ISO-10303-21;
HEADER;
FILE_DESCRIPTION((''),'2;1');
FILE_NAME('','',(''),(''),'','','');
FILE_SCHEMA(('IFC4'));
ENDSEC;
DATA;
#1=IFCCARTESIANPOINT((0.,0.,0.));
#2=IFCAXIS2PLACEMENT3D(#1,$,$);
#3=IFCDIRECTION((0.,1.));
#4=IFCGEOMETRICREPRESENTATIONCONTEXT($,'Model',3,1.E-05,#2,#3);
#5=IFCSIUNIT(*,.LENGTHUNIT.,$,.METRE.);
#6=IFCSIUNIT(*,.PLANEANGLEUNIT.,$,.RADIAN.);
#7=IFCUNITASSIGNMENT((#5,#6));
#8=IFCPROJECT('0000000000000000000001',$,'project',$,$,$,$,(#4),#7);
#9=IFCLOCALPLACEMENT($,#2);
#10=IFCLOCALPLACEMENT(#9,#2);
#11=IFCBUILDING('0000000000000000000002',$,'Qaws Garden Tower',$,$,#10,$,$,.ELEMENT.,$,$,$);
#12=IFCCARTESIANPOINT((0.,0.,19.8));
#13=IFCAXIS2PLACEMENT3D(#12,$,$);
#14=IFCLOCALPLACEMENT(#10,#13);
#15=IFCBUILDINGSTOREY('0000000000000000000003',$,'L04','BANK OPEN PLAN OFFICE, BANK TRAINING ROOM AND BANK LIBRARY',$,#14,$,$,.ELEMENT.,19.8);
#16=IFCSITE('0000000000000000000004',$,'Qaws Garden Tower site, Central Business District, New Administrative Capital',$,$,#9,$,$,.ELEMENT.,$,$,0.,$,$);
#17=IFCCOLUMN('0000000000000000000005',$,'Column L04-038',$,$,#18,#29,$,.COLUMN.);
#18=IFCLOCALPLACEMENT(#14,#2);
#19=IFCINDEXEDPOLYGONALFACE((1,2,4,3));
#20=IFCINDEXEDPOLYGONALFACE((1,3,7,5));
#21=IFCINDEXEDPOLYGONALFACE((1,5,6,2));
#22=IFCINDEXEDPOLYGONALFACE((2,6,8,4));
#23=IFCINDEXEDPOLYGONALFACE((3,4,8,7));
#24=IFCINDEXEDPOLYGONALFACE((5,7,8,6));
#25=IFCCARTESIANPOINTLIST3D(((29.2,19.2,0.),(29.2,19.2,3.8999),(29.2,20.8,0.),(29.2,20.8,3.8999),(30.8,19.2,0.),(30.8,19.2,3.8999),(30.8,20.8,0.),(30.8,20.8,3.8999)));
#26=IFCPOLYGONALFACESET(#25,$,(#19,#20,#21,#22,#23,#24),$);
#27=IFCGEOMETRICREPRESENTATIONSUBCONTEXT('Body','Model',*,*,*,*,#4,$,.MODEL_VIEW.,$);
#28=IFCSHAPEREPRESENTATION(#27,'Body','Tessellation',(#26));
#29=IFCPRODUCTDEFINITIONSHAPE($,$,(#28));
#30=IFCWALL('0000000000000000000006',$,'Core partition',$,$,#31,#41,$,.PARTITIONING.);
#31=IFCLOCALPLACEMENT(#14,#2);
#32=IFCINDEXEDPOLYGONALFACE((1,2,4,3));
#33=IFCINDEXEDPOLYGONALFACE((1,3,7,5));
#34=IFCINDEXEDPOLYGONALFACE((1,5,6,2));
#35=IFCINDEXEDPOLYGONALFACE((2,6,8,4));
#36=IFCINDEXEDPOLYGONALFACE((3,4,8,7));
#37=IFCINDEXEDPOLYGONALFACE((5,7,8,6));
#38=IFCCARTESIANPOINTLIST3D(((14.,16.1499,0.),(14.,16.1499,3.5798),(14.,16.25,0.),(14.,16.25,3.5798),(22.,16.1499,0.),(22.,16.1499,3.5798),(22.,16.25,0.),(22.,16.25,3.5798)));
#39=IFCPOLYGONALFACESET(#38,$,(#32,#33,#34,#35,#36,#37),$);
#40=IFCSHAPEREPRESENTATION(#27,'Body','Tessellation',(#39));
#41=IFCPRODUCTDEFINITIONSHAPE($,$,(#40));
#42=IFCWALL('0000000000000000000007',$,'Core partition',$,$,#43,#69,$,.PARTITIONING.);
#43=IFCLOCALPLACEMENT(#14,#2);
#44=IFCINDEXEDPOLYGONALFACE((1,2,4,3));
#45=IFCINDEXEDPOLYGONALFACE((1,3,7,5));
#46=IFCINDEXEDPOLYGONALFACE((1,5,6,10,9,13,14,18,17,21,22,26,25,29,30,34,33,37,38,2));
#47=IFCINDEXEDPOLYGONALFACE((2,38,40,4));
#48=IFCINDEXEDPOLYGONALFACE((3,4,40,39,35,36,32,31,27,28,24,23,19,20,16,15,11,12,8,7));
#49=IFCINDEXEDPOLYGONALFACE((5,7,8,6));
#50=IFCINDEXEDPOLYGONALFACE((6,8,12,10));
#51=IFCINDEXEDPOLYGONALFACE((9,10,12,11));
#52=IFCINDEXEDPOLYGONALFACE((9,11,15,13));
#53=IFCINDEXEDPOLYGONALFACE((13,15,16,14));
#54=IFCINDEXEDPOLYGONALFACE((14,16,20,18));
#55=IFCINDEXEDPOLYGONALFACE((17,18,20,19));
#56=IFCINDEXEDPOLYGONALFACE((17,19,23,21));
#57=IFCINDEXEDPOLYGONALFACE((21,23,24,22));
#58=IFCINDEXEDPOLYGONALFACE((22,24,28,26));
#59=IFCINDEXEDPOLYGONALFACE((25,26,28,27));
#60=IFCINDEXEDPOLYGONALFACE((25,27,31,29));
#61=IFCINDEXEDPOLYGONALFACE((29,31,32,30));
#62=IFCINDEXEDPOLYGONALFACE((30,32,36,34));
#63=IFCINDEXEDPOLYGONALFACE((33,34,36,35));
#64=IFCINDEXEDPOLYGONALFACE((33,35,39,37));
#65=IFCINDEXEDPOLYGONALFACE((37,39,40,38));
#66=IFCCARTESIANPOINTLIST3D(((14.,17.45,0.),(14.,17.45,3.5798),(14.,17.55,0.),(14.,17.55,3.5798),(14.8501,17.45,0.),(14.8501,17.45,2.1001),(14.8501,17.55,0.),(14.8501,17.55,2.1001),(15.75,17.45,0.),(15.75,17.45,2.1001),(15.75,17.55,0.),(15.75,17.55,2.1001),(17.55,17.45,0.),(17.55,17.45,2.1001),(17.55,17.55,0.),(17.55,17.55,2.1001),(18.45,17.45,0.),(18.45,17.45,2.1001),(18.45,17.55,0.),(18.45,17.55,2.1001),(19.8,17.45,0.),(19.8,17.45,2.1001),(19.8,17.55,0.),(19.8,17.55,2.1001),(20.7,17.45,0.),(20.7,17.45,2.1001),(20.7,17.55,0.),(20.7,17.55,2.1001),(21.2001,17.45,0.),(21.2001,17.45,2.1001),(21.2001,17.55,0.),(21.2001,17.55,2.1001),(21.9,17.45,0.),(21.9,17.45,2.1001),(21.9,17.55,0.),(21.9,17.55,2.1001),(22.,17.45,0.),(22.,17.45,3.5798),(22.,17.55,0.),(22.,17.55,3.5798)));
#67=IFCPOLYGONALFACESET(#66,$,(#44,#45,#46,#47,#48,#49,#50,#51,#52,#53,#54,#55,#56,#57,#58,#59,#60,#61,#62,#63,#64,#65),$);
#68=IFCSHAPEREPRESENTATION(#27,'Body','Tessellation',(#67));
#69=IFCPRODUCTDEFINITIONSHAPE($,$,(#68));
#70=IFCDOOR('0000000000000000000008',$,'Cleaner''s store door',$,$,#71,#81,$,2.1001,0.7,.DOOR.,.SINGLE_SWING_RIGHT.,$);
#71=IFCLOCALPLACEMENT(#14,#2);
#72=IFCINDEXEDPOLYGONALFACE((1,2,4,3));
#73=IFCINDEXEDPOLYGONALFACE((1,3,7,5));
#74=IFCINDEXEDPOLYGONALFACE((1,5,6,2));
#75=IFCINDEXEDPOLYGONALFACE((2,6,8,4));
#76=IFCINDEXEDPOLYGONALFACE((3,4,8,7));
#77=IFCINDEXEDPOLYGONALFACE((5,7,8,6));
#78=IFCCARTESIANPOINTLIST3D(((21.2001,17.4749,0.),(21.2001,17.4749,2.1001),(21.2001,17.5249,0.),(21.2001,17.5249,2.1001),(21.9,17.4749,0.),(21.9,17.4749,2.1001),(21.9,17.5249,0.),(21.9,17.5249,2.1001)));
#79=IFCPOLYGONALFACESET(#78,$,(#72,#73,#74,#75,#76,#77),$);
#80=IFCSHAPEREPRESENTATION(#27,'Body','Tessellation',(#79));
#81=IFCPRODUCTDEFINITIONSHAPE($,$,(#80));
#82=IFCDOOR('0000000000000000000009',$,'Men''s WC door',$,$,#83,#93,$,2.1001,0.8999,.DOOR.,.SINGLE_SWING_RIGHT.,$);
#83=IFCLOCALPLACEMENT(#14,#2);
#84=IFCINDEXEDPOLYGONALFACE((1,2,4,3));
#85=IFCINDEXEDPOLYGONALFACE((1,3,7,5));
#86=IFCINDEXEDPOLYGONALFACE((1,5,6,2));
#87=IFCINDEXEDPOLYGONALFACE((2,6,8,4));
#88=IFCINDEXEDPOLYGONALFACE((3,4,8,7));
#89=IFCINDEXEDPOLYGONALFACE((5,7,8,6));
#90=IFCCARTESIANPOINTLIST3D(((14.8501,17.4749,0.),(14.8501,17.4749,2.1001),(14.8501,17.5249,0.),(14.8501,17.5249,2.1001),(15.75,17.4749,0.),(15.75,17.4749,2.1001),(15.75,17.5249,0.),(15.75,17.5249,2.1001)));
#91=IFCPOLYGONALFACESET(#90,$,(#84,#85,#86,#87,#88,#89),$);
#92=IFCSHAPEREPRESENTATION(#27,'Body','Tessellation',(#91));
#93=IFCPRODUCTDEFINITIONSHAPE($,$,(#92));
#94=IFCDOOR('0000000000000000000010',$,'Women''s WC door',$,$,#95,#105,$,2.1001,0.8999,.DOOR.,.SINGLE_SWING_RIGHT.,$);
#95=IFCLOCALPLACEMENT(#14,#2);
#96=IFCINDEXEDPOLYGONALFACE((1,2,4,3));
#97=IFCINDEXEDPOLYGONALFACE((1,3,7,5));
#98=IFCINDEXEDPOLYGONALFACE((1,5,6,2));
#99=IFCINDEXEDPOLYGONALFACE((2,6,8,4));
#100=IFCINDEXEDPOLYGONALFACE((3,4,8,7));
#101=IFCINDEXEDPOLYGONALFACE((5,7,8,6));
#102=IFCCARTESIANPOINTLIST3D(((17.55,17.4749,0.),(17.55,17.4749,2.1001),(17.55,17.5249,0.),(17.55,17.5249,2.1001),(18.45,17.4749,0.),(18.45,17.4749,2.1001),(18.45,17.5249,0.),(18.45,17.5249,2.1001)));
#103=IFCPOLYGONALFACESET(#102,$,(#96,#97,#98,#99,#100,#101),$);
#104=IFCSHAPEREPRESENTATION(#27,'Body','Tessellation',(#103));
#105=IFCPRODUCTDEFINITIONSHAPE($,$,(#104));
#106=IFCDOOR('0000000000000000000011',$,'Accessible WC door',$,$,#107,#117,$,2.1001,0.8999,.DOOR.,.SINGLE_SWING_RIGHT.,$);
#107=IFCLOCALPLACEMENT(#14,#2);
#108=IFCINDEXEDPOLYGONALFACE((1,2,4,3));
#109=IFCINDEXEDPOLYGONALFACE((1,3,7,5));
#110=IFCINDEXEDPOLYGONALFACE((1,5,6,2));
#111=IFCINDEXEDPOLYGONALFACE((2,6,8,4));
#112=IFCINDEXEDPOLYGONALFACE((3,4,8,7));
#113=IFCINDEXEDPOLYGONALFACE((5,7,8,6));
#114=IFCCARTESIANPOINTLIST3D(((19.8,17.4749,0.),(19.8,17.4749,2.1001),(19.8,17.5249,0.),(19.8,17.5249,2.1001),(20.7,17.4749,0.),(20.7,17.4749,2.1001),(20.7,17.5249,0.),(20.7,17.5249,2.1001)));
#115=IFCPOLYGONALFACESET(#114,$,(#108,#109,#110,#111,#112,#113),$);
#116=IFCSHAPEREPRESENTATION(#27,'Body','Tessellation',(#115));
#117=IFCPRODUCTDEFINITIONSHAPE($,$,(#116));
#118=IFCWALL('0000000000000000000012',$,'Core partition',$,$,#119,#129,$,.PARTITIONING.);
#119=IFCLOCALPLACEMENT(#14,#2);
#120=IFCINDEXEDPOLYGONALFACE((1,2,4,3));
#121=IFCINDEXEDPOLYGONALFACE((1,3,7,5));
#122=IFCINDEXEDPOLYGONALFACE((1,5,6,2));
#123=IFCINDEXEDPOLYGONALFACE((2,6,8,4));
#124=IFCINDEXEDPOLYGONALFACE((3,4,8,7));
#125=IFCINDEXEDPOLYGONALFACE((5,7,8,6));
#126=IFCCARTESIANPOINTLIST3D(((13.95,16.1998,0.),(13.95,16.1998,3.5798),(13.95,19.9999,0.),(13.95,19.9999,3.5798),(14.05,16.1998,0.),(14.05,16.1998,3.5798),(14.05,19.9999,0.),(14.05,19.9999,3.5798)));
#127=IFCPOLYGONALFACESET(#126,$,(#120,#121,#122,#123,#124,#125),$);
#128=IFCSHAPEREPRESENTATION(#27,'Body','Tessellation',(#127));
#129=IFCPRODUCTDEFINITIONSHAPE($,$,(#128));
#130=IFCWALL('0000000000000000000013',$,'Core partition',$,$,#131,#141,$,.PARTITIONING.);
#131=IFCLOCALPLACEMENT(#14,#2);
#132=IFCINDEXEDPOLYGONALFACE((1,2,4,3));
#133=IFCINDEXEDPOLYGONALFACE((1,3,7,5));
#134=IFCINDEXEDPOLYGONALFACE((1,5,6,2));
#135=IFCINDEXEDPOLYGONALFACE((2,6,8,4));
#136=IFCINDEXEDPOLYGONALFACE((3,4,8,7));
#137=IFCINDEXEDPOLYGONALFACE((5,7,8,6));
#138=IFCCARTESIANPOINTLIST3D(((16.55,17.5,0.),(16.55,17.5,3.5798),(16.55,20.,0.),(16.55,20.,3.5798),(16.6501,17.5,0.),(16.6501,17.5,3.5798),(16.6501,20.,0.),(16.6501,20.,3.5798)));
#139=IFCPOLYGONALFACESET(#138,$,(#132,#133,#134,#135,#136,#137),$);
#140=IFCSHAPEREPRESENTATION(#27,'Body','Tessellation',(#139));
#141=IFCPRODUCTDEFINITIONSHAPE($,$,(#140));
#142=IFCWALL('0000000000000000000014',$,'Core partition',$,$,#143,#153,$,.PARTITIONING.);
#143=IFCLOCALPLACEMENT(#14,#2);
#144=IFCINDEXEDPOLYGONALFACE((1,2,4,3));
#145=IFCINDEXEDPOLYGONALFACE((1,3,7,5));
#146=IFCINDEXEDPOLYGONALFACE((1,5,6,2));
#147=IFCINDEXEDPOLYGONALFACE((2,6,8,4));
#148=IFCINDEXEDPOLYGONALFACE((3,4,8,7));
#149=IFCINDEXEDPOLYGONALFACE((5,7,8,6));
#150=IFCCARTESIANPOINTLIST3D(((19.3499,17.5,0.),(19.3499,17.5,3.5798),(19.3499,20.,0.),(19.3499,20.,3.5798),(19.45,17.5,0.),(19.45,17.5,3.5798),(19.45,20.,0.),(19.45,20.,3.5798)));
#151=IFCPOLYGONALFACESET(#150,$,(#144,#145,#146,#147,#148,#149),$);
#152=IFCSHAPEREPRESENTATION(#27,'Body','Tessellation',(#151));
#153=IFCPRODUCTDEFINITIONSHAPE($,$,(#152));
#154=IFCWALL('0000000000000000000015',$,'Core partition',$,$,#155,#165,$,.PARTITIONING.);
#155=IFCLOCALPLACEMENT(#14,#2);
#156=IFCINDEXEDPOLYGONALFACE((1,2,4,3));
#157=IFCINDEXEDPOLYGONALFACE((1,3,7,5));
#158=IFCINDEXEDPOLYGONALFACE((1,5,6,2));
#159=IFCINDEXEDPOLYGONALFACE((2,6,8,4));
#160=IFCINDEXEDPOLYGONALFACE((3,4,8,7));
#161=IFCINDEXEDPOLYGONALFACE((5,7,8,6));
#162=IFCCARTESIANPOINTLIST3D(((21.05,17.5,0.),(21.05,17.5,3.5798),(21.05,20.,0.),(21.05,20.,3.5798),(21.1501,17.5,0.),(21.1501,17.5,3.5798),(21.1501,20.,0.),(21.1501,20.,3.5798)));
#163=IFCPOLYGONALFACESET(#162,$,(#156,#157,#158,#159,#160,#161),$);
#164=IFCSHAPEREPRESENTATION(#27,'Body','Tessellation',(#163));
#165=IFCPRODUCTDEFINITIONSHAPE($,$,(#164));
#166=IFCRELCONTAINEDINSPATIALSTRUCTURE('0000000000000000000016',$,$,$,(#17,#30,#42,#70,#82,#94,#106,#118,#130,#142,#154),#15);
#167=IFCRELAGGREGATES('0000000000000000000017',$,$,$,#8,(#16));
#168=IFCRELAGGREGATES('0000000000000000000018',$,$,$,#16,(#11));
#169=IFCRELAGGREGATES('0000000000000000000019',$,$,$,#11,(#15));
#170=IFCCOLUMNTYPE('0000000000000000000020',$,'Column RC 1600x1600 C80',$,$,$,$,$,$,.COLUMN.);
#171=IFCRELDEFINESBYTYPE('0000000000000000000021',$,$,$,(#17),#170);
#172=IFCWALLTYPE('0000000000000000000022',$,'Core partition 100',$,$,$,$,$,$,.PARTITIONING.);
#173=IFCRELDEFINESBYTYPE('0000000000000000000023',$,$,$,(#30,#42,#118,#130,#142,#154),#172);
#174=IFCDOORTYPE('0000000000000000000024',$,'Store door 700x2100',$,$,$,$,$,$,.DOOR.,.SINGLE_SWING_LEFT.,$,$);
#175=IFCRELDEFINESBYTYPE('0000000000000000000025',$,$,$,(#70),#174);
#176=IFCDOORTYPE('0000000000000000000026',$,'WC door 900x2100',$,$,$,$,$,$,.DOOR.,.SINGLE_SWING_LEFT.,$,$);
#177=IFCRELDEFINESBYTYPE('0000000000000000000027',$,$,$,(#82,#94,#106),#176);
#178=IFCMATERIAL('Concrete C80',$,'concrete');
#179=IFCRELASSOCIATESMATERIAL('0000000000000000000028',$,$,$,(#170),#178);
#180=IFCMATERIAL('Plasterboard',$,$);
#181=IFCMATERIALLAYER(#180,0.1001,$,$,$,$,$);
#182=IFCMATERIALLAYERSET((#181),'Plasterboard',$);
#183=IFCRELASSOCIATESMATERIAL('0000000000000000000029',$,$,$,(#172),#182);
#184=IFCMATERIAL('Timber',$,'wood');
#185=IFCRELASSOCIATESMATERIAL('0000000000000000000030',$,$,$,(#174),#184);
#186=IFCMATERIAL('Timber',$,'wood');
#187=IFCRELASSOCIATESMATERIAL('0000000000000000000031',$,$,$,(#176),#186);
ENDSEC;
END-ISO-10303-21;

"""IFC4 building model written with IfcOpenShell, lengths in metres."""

from ifc_helpers import new_model, si_unit, direction, frame, frame_2d, origin, origin_2d, place, context, subcontext, project, spatial, rectangle, extrude, material, layer, layer_set, material_profile, profile_set, type_object, element, fill, save


model = new_model("IFC4")

# Units and contexts
model_context = context("Model", 3, precision=1e-05, world=origin(), true_north=direction((0.0, 1.0)))
body_context = subcontext(model_context, "Body", "Model", "MODEL_VIEW")
ifc_project = project(units=[si_unit("LENGTHUNIT", "METRE"), si_unit("PLANEANGLEUNIT", "RADIAN")], contexts=[model_context])

# Site, building, storey
site_placement = place(None, origin())
site = spatial("IfcSite", under=ifc_project, at=site_placement, Name="Qaws Garden Tower site, Central Business District, New Administrative Capital", CompositionType="ELEMENT", RefElevation=0.0)
building_placement = place(site_placement, origin())
building = spatial("IfcBuilding", under=site, at=building_placement, Name="Qaws Garden Tower", CompositionType="ELEMENT")
storey_placement = place(building_placement, frame((0.0, 0.0, 19.8)))
storey = spatial("IfcBuildingStorey", under=building, at=storey_placement, Name="L04", Description="BANK OPEN PLAN OFFICE, BANK TRAINING ROOM AND BANK LIBRARY", CompositionType="ELEMENT", Elevation=19.8)

# Column
ifc_material_1 = material(Name="Concrete C80", Category="concrete")
ifc_material_profile = material_profile(ifc_material_1, rectangle(XDim=1.6001, YDim=1.6001, at=origin_2d()), Name="RC 1600x1600")
ifc_profile_set = profile_set([ifc_material_profile], Name="Concrete C80")
column_type = type_object("IfcColumnType", Name="Column RC 1600x1600 C80", PredefinedType="COLUMN", material=ifc_profile_set)
column_placement = place(storey_placement, frame((30.0, 20.0, 0.0), z_axis=(0.0, 0.0, 1.0), x_axis=(1.0, 0.0, 0.0)))
element("IfcColumn", 1, at=column_placement, inside=storey, type_object=column_type, Name="Column L04-038", PredefinedType="COLUMN", context=body_context, shape_type="SweptSolid", body=[
    extrude(rectangle(XDim=1.6001, YDim=1.6001, at=origin_2d()), origin(), (0.0, 0.0, 1.0), 3.8999),
])

# Wall
ifc_material_2 = material(Name="Plasterboard")
ifc_layer_1 = layer(ifc_material_2, 0.1001)
ifc_layer_set_1 = layer_set([ifc_layer_1], Name="Plasterboard")
wall_type_1 = type_object("IfcWallType", Name="Core partition 100", PredefinedType="PARTITIONING", material=ifc_layer_set_1)
wall_1_placement = place(storey_placement, frame((14.0, 16.2, 0.0), z_axis=(0.0, 0.0, 1.0), x_axis=(1.0, 0.0, 0.0)))
element("IfcWall", 2, at=wall_1_placement, inside=storey, type_object=wall_type_1, Name="Core partition", PredefinedType="PARTITIONING", context=body_context, shape_type="SweptSolid", body=[
    extrude(rectangle(XDim=8.0, YDim=0.1001, at=frame_2d((4.0, 0.0))), origin(), (0.0, 0.0, 1.0), 3.5798),
])

# Wall, openings, doors
wall_2_placement = place(storey_placement, frame((14.0, 17.5, 0.0), z_axis=(0.0, 0.0, 1.0), x_axis=(1.0, 0.0, 0.0)))
wall_2 = element("IfcWall", 3, at=wall_2_placement, inside=storey, type_object=wall_type_1, Name="Core partition", PredefinedType="PARTITIONING", context=body_context, shape_type="SweptSolid", body=[
    extrude(rectangle(XDim=8.0, YDim=0.1001, at=frame_2d((4.0, 0.0))), origin(), (0.0, 0.0, 1.0), 3.5798),
])
opening_1_placement = place(wall_2_placement, frame((0.8501, 0.0, 0.0)))
opening_1 = element("IfcOpeningElement", 4, at=opening_1_placement, cuts=wall_2, PredefinedType="OPENING", context=body_context, shape_type="SweptSolid", body=[
    extrude(rectangle(XDim=0.8999, YDim=2.1001, at=frame_2d((0.45, 1.05))), frame((0.0, 0.0601, 0.0), z_axis=(0.0, -1.0, 0.0), x_axis=(1.0, 0.0, 0.0)), (0.0, 0.0, 1.0), 0.1201),
])
opening_2_placement = place(wall_2_placement, frame((3.55, 0.0, 0.0)))
opening_2 = element("IfcOpeningElement", 5, at=opening_2_placement, cuts=wall_2, PredefinedType="OPENING", context=body_context, shape_type="SweptSolid", body=[
    extrude(rectangle(XDim=0.8999, YDim=2.1001, at=frame_2d((0.45, 1.05))), frame((0.0, 0.0601, 0.0), z_axis=(0.0, -1.0, 0.0), x_axis=(1.0, 0.0, 0.0)), (0.0, 0.0, 1.0), 0.1201),
])
opening_3_placement = place(wall_2_placement, frame((5.8, 0.0, 0.0)))
opening_3 = element("IfcOpeningElement", 6, at=opening_3_placement, cuts=wall_2, PredefinedType="OPENING", context=body_context, shape_type="SweptSolid", body=[
    extrude(rectangle(XDim=0.8999, YDim=2.1001, at=frame_2d((0.45, 1.05))), frame((0.0, 0.0601, 0.0), z_axis=(0.0, -1.0, 0.0), x_axis=(1.0, 0.0, 0.0)), (0.0, 0.0, 1.0), 0.1201),
])
opening_4_placement = place(wall_2_placement, frame((7.2, 0.0, 0.0)))
opening_4 = element("IfcOpeningElement", 7, at=opening_4_placement, cuts=wall_2, PredefinedType="OPENING", context=body_context, shape_type="SweptSolid", body=[
    extrude(rectangle(XDim=0.7, YDim=2.1001, at=frame_2d((0.3501, 1.05))), frame((0.0, 0.0601, 0.0), z_axis=(0.0, -1.0, 0.0), x_axis=(1.0, 0.0, 0.0)), (0.0, 0.0, 1.0), 0.1201),
])
ifc_material_3 = material(Name="Timber", Category="wood")
door_type_1 = type_object("IfcDoorType", Name="Store door 700x2100", OperationType="SINGLE_SWING_LEFT", PredefinedType="DOOR", material=ifc_material_3)
door_1_placement = place(opening_4_placement, origin())
door_1 = element("IfcDoor", 8, at=door_1_placement, inside=storey, type_object=door_type_1, Name="Cleaner's store door", OperationType="SINGLE_SWING_RIGHT", OverallHeight=2.1001, OverallWidth=0.7, PredefinedType="DOOR", context=body_context, shape_type="SweptSolid", body=[
    extrude(rectangle(XDim=0.7, YDim=2.1001, at=frame_2d((0.3501, 1.05))), frame((0.0, 0.0249, 0.0), z_axis=(0.0, -1.0, 0.0), x_axis=(1.0, 0.0, 0.0)), (0.0, 0.0, 1.0), 0.05),
])
fill(opening_4, door_1)
ifc_material_4 = material(Name="Timber", Category="wood")
door_type_2 = type_object("IfcDoorType", Name="WC door 900x2100", OperationType="SINGLE_SWING_LEFT", PredefinedType="DOOR", material=ifc_material_4)
door_2_placement = place(opening_1_placement, origin())
door_2 = element("IfcDoor", 9, at=door_2_placement, inside=storey, type_object=door_type_2, Name="Men's WC door", OperationType="SINGLE_SWING_RIGHT", OverallHeight=2.1001, OverallWidth=0.8999, PredefinedType="DOOR", context=body_context, shape_type="SweptSolid", body=[
    extrude(rectangle(XDim=0.8999, YDim=2.1001, at=frame_2d((0.45, 1.05))), frame((0.0, 0.0249, 0.0), z_axis=(0.0, -1.0, 0.0), x_axis=(1.0, 0.0, 0.0)), (0.0, 0.0, 1.0), 0.05),
])
fill(opening_1, door_2)
door_3_placement = place(opening_2_placement, origin())
door_3 = element("IfcDoor", 10, at=door_3_placement, inside=storey, type_object=door_type_2, Name="Women's WC door", OperationType="SINGLE_SWING_RIGHT", OverallHeight=2.1001, OverallWidth=0.8999, PredefinedType="DOOR", context=body_context, shape_type="SweptSolid", body=[
    extrude(rectangle(XDim=0.8999, YDim=2.1001, at=frame_2d((0.45, 1.05))), frame((0.0, 0.0249, 0.0), z_axis=(0.0, -1.0, 0.0), x_axis=(1.0, 0.0, 0.0)), (0.0, 0.0, 1.0), 0.05),
])
fill(opening_2, door_3)
door_4_placement = place(opening_3_placement, origin())
door_4 = element("IfcDoor", 11, at=door_4_placement, inside=storey, type_object=door_type_2, Name="Accessible WC door", OperationType="SINGLE_SWING_RIGHT", OverallHeight=2.1001, OverallWidth=0.8999, PredefinedType="DOOR", context=body_context, shape_type="SweptSolid", body=[
    extrude(rectangle(XDim=0.8999, YDim=2.1001, at=frame_2d((0.45, 1.05))), frame((0.0, 0.0249, 0.0), z_axis=(0.0, -1.0, 0.0), x_axis=(1.0, 0.0, 0.0)), (0.0, 0.0, 1.0), 0.05),
])
fill(opening_3, door_4)

# Walls
wall_3_placement = place(storey_placement, frame((14.0, 16.2, 0.0), z_axis=(0.0, 0.0, 1.0), x_axis=(0.0, 1.0, 0.0)))
element("IfcWall", 12, at=wall_3_placement, inside=storey, type_object=wall_type_1, Name="Core partition", PredefinedType="PARTITIONING", context=body_context, shape_type="SweptSolid", body=[
    extrude(rectangle(XDim=3.8, YDim=0.1001, at=frame_2d((1.8999, 0.0))), origin(), (0.0, 0.0, 1.0), 3.5798),
])
for number, where, z_axis, x_axis, name in (
    (13, (16.6001, 17.5, 0.0), (0.0, 0.0, 1.0), (0.0, 1.0, 0.0), "Core partition"),
    (14, (19.3999, 17.5, 0.0), (0.0, 0.0, 1.0), (0.0, 1.0, 0.0), "Core partition"),
    (15, (21.1001, 17.5, 0.0), (0.0, 0.0, 1.0), (0.0, 1.0, 0.0), "Core partition"),
):
    element("IfcWall", number, at=place(storey_placement, frame(where, z_axis=z_axis, x_axis=x_axis)), inside=storey, type_object=wall_type_1, Name=name, PredefinedType="PARTITIONING", context=body_context, shape_type="SweptSolid", body=[
        extrude(rectangle(XDim=2.5, YDim=0.1001, at=frame_2d((1.25, 0.0))), origin(), (0.0, 0.0, 1.0), 3.5798),
    ])

save(model, "model.ifc")
